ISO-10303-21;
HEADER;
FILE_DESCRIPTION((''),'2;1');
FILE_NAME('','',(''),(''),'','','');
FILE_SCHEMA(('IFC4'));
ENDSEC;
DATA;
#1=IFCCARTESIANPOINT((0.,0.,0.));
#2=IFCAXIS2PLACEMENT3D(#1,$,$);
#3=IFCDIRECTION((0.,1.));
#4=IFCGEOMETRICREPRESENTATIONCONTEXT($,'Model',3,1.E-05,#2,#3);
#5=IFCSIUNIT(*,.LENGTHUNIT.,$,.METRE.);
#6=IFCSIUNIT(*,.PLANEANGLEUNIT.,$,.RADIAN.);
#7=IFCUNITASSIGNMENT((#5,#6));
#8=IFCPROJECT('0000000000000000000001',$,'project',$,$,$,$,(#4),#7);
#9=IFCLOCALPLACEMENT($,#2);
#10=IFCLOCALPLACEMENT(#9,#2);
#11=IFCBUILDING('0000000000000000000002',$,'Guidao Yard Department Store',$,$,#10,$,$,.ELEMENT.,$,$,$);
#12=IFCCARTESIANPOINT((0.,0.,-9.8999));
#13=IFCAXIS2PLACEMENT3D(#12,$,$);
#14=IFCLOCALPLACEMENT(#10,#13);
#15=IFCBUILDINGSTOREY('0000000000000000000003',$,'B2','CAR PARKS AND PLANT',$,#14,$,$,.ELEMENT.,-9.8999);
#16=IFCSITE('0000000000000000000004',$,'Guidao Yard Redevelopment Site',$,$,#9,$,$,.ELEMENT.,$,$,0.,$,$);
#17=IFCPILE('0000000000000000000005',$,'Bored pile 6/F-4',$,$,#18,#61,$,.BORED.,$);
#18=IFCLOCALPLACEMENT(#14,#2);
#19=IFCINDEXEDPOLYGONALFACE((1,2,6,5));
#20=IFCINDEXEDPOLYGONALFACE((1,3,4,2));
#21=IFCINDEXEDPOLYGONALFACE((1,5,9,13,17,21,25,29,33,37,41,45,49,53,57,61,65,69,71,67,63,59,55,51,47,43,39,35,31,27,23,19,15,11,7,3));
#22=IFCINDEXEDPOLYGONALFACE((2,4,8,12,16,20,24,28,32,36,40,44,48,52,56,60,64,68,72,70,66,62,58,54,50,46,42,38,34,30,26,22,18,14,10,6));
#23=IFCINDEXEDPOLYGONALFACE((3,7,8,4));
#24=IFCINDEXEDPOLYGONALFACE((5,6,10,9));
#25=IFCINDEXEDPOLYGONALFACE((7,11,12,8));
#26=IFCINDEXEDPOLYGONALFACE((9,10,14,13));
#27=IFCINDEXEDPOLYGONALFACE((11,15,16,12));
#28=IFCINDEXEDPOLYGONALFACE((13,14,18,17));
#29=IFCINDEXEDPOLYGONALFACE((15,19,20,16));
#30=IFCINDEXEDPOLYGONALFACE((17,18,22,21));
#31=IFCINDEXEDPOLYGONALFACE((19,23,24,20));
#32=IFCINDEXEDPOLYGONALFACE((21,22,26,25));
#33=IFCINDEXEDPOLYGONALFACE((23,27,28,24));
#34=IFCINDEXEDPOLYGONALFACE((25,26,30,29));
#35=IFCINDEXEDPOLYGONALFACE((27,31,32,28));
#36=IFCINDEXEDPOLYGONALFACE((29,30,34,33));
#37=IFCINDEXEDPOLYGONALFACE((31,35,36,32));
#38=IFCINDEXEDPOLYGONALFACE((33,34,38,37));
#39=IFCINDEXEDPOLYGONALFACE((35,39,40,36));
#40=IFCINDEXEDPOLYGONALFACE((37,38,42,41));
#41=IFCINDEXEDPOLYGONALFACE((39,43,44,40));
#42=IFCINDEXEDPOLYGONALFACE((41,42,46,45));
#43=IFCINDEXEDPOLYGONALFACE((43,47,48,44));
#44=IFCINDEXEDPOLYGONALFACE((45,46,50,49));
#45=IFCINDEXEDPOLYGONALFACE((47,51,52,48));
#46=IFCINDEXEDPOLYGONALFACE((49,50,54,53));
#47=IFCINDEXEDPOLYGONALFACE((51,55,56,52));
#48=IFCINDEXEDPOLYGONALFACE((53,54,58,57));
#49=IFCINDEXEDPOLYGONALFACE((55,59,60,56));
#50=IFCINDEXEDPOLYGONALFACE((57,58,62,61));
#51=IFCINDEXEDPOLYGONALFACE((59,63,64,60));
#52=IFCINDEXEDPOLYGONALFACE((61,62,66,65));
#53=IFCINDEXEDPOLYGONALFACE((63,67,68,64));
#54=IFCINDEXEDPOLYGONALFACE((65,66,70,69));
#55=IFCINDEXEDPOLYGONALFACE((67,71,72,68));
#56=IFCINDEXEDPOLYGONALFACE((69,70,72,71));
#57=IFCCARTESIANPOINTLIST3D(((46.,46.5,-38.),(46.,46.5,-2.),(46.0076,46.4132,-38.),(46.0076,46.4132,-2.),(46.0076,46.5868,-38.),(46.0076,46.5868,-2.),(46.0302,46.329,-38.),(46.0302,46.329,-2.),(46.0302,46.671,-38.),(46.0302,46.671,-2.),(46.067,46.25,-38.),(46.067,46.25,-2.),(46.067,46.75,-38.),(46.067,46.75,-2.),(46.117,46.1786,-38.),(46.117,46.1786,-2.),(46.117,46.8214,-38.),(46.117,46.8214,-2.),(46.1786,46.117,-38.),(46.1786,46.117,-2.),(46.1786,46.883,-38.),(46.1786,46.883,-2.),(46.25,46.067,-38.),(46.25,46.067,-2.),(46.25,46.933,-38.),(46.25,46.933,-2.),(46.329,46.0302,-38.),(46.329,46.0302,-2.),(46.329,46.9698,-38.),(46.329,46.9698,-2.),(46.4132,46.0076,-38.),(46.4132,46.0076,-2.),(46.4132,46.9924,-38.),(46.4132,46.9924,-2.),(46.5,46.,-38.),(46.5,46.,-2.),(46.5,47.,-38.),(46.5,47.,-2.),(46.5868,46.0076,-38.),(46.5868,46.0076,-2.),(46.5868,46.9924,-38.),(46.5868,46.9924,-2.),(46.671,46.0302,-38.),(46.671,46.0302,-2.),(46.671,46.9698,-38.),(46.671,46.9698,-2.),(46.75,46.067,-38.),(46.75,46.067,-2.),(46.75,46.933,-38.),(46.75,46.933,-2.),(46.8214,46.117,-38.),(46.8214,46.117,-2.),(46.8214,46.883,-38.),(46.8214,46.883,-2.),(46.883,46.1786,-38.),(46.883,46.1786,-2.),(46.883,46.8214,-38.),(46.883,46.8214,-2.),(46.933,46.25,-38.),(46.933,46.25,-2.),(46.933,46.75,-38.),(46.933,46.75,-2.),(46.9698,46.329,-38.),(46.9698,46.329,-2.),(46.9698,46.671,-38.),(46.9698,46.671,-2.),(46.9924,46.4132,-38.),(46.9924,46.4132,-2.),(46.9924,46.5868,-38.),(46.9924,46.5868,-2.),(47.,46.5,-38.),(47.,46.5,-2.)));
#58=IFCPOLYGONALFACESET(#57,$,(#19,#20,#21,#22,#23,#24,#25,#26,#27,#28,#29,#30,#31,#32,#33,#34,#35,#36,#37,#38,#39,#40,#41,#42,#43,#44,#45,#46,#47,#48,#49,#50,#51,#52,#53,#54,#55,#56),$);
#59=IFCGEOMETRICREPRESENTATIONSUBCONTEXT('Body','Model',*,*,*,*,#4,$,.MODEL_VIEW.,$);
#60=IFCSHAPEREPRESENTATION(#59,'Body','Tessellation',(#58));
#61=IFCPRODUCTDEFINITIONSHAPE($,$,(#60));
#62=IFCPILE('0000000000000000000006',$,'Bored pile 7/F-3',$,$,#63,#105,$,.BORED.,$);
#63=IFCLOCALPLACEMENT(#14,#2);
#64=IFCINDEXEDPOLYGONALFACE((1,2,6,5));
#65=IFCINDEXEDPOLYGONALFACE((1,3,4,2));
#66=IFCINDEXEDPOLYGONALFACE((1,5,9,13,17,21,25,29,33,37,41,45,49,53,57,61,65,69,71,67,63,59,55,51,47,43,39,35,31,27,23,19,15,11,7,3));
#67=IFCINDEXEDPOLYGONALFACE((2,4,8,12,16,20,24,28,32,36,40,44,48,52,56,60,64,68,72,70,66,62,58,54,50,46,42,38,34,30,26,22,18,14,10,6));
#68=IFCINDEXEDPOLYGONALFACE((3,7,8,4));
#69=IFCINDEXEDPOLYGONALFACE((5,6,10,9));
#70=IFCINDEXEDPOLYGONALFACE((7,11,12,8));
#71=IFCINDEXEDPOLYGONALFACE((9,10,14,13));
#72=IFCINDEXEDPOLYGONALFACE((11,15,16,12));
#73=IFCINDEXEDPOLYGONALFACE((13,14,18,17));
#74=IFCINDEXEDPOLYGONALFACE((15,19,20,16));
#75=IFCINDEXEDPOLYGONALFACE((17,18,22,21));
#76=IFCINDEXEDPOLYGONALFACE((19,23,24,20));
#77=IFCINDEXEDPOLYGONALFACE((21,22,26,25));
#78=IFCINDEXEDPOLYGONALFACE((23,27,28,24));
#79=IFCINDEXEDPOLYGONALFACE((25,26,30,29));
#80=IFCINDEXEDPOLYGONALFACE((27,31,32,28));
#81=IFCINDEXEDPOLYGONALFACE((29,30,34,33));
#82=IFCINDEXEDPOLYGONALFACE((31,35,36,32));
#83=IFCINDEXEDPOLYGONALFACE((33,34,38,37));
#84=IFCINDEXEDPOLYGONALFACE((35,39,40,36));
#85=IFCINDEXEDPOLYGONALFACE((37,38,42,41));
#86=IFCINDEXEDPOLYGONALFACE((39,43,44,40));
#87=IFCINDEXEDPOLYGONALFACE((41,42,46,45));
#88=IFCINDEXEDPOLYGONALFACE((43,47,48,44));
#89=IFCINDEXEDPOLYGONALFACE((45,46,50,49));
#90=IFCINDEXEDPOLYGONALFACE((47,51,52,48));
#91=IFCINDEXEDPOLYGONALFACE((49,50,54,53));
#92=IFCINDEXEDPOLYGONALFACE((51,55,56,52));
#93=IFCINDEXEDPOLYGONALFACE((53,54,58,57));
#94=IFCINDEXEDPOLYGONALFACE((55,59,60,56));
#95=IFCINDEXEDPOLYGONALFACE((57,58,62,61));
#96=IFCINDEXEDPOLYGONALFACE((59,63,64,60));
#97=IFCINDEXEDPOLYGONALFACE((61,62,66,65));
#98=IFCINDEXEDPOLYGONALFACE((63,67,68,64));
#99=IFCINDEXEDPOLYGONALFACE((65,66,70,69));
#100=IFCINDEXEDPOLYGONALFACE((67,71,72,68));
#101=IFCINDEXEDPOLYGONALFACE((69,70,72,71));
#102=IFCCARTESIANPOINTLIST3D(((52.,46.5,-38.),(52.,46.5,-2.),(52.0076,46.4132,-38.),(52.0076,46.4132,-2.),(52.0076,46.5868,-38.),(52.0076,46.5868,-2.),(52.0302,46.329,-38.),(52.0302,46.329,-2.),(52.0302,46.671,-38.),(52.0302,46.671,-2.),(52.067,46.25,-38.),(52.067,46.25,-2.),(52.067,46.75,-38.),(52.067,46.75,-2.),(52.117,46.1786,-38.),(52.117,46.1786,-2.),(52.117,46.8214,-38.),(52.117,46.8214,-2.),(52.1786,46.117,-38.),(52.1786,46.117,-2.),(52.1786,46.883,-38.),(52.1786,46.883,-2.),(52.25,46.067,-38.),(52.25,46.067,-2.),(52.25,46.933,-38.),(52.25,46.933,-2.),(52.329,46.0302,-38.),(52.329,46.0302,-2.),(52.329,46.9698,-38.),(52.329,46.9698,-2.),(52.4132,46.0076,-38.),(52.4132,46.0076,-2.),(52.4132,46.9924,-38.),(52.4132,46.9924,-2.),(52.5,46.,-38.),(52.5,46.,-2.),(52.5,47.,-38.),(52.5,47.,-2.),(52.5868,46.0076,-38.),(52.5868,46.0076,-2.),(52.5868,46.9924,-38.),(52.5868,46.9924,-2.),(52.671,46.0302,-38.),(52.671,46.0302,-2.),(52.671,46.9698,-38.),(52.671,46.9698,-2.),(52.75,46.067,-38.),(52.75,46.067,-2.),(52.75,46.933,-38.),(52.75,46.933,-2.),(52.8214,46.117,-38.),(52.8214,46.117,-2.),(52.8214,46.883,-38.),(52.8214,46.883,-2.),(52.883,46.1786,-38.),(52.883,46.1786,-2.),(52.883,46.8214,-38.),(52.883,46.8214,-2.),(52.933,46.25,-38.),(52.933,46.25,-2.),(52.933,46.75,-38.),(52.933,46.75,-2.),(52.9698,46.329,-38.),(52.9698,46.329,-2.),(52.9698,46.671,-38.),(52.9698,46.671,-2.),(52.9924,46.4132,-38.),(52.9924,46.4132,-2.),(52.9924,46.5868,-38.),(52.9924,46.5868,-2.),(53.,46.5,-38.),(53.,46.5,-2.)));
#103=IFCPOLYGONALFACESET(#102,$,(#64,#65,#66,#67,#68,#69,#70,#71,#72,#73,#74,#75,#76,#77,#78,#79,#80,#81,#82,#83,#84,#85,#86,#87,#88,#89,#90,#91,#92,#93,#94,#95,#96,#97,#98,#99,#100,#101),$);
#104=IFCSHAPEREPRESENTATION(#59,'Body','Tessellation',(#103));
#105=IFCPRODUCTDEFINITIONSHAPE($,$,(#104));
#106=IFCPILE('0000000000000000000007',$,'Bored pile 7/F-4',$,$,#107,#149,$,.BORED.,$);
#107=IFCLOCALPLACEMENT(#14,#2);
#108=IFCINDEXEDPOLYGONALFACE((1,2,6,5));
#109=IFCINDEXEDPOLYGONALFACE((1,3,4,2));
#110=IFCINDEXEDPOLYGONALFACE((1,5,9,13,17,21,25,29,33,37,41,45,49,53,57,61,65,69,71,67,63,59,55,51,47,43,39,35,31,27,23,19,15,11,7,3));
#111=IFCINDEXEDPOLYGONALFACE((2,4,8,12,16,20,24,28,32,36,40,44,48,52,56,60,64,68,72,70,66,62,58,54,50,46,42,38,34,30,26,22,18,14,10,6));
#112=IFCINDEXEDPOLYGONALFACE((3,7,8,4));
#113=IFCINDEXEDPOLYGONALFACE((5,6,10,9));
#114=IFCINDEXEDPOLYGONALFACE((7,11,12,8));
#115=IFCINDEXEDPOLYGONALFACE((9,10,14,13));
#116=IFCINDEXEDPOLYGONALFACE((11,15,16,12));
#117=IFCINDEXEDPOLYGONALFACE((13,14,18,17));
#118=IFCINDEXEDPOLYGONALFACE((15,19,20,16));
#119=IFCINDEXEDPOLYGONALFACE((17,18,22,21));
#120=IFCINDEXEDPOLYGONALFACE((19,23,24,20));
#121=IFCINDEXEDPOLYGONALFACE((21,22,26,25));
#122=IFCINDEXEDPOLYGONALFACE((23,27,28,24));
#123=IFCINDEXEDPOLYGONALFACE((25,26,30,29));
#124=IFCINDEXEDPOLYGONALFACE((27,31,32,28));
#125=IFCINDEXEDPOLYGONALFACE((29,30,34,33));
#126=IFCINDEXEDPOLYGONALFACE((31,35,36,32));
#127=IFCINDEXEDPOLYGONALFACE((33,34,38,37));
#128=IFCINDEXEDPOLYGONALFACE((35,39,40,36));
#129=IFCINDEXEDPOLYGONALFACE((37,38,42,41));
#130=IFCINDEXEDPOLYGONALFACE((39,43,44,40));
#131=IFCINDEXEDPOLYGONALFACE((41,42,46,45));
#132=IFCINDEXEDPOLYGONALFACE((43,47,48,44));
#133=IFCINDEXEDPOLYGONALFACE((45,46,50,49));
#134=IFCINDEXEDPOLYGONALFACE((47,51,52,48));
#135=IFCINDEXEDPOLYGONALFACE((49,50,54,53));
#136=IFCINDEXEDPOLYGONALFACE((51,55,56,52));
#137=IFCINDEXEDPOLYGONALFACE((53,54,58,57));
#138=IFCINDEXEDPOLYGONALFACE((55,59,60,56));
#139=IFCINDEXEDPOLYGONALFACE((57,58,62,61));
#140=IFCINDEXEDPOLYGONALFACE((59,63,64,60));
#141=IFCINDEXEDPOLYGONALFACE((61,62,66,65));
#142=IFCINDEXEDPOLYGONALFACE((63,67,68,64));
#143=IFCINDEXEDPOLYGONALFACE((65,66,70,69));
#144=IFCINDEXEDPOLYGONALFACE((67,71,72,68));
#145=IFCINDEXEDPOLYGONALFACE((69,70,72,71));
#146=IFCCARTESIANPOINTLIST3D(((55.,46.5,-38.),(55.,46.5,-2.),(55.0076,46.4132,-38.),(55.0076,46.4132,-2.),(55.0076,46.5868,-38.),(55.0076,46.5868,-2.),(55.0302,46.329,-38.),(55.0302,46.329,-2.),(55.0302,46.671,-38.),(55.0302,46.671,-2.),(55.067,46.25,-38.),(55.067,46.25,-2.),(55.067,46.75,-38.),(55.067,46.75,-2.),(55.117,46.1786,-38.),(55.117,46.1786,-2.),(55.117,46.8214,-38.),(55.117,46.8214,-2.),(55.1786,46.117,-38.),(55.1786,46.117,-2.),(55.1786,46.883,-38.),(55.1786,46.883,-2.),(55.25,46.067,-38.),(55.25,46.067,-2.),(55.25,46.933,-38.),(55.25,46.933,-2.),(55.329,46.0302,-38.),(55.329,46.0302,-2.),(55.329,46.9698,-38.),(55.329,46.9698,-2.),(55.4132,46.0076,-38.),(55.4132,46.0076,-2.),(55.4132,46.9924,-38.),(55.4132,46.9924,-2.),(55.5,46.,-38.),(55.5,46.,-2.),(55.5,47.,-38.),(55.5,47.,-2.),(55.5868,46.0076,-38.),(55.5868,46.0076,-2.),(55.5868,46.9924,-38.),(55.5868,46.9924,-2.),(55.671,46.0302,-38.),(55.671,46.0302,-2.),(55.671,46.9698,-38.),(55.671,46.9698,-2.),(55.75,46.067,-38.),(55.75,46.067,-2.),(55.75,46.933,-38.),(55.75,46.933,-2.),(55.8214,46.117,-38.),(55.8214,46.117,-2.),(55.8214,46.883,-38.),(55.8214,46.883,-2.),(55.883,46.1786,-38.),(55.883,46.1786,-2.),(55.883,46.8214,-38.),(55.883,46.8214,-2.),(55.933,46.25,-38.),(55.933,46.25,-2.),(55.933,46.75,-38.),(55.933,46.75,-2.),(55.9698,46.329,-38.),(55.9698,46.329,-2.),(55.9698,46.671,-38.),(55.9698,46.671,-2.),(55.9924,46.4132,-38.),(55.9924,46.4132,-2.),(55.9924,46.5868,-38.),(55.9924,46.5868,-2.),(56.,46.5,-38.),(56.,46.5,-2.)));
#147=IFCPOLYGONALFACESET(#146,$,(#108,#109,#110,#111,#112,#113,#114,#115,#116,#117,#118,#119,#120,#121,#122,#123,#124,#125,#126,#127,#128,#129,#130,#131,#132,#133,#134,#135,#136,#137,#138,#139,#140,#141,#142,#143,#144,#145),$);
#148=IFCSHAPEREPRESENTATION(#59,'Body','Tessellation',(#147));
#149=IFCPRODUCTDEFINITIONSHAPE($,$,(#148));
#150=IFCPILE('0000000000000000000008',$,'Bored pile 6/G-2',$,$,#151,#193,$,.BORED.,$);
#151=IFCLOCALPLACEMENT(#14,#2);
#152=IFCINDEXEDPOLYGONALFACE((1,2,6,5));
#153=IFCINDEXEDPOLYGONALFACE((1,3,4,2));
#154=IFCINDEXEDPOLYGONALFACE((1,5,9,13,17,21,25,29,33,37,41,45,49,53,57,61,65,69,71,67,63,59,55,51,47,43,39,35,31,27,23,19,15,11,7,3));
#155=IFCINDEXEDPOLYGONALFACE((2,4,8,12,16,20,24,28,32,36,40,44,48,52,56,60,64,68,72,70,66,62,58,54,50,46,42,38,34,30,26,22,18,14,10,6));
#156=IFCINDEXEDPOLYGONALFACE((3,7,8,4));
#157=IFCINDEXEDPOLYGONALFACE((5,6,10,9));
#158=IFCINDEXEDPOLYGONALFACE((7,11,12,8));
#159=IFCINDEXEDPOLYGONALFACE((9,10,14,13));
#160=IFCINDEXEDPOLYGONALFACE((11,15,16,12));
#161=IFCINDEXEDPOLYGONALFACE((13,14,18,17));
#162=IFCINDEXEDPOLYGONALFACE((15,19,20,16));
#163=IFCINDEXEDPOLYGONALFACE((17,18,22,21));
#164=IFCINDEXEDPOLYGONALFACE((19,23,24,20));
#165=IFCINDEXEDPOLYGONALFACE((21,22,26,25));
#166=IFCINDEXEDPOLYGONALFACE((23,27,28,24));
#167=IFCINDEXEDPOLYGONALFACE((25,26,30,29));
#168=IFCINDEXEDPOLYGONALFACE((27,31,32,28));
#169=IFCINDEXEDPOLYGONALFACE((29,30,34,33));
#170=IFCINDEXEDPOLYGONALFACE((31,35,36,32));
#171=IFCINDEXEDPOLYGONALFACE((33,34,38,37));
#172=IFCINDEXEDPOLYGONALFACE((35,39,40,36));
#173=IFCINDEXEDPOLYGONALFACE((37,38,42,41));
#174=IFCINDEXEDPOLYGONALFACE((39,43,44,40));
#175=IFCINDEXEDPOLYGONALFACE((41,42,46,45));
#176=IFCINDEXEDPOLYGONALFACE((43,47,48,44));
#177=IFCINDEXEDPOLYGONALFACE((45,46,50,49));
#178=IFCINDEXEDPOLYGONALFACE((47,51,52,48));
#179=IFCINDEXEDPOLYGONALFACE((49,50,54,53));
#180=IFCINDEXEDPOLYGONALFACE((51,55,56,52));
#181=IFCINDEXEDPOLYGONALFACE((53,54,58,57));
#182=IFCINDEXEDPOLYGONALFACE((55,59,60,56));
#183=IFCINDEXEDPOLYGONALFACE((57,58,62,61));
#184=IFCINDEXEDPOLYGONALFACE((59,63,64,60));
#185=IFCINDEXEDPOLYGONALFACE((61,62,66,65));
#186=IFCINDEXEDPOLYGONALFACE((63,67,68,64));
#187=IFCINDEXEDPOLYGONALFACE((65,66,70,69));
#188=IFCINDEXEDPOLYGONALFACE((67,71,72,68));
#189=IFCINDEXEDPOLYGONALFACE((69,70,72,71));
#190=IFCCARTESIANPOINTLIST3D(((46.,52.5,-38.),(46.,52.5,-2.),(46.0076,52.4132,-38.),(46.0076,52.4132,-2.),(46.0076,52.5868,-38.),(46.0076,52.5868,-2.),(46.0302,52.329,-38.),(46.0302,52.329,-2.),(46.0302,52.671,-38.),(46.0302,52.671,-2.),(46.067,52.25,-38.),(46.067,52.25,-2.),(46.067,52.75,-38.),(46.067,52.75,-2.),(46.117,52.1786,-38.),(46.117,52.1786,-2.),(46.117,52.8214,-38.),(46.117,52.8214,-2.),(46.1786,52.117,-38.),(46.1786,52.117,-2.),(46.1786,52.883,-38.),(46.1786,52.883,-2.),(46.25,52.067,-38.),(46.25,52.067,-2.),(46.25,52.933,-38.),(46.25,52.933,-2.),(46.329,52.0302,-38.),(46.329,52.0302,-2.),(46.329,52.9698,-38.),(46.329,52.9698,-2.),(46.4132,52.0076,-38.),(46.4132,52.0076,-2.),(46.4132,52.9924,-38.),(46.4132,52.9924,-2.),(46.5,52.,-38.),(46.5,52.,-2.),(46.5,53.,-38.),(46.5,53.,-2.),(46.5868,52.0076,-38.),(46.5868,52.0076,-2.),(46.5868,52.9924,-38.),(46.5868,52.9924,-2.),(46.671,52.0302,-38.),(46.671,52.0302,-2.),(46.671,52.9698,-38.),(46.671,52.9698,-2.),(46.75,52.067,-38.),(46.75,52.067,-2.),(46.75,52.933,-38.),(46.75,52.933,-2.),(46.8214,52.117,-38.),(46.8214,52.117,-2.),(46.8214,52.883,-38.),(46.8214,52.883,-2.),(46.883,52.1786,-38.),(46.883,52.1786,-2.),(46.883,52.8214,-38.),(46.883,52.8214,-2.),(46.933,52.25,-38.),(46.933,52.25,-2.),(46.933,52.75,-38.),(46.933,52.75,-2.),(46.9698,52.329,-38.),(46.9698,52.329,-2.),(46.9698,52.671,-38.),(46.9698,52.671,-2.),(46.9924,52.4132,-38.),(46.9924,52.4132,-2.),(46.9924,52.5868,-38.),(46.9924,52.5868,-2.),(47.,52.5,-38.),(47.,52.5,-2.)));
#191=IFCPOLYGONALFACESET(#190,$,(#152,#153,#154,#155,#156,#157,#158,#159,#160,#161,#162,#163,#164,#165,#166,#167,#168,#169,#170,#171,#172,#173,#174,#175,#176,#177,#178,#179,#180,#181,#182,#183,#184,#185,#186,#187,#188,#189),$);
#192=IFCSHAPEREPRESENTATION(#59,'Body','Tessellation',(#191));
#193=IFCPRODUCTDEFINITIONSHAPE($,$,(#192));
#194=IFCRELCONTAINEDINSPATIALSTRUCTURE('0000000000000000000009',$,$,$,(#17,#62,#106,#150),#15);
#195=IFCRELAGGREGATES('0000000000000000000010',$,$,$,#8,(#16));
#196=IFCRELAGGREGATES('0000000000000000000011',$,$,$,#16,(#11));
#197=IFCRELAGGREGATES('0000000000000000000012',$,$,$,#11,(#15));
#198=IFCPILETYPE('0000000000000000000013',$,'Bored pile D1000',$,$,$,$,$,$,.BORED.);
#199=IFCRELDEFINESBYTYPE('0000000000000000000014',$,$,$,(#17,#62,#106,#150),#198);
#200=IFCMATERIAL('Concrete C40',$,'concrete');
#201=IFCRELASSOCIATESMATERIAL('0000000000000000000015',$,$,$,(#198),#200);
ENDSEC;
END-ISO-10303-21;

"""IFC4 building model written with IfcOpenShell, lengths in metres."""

from ifc_helpers import new_model, si_unit, direction, frame, origin, origin_2d, place, context, subcontext, project, spatial, circle, extrude, material, material_profile, profile_set, type_object, element, save


model = new_model("IFC4")

# Units and contexts
model_context = context("Model", 3, precision=1e-05, world=origin(), true_north=direction((0.0, 1.0)))
body_context = subcontext(model_context, "Body", "Model", "MODEL_VIEW")
ifc_project = project(units=[si_unit("LENGTHUNIT", "METRE"), si_unit("PLANEANGLEUNIT", "RADIAN")], contexts=[model_context])

# Site, building, storey
site_placement = place(None, origin())
site = spatial("IfcSite", under=ifc_project, at=site_placement, Name="Guidao Yard Redevelopment Site", CompositionType="ELEMENT", RefElevation=0.0)
building_placement = place(site_placement, origin())
building = spatial("IfcBuilding", under=site, at=building_placement, Name="Guidao Yard Department Store", CompositionType="ELEMENT")
storey_placement = place(building_placement, frame((0.0, 0.0, -9.8999)))
storey = spatial("IfcBuildingStorey", under=building, at=storey_placement, Name="B2", Description="CAR PARKS AND PLANT", CompositionType="ELEMENT", Elevation=-9.8999)

# Piles
ifc_material_1 = material(Name="Concrete C40", Category="concrete")
ifc_material_profile_1 = material_profile(ifc_material_1, circle(Radius=0.5, at=origin_2d()), Name="Bored pile D1000")
ifc_profile_set_1 = profile_set([ifc_material_profile_1], Name="Concrete C40")
pile_type = type_object("IfcPileType", Name="Bored pile D1000", PredefinedType="BORED", material=ifc_profile_set_1)
for number, where, z_axis, x_axis, name in (
    (1, (46.5, 46.5, -2.0), (0.0, 0.0, -1.0), (1.0, 0.0, 0.0), "Bored pile 6/F-4"),
    (2, (52.5, 46.5, -2.0), (0.0, 0.0, -1.0), (1.0, 0.0, 0.0), "Bored pile 7/F-3"),
    (3, (55.5, 46.5, -2.0), (0.0, 0.0, -1.0), (1.0, 0.0, 0.0), "Bored pile 7/F-4"),
    (4, (46.5, 52.5, -2.0), (0.0, 0.0, -1.0), (1.0, 0.0, 0.0), "Bored pile 6/G-2"),
):
    element("IfcPile", number, at=place(storey_placement, frame(where, z_axis=z_axis, x_axis=x_axis)), inside=storey, type_object=pile_type, Name=name, PredefinedType="BORED", context=body_context, shape_type="SweptSolid", body=[
        extrude(circle(Radius=0.5, at=origin_2d()), origin(), (0.0, 0.0, 1.0), 36.0),
    ])

save(model, "model.ifc")
